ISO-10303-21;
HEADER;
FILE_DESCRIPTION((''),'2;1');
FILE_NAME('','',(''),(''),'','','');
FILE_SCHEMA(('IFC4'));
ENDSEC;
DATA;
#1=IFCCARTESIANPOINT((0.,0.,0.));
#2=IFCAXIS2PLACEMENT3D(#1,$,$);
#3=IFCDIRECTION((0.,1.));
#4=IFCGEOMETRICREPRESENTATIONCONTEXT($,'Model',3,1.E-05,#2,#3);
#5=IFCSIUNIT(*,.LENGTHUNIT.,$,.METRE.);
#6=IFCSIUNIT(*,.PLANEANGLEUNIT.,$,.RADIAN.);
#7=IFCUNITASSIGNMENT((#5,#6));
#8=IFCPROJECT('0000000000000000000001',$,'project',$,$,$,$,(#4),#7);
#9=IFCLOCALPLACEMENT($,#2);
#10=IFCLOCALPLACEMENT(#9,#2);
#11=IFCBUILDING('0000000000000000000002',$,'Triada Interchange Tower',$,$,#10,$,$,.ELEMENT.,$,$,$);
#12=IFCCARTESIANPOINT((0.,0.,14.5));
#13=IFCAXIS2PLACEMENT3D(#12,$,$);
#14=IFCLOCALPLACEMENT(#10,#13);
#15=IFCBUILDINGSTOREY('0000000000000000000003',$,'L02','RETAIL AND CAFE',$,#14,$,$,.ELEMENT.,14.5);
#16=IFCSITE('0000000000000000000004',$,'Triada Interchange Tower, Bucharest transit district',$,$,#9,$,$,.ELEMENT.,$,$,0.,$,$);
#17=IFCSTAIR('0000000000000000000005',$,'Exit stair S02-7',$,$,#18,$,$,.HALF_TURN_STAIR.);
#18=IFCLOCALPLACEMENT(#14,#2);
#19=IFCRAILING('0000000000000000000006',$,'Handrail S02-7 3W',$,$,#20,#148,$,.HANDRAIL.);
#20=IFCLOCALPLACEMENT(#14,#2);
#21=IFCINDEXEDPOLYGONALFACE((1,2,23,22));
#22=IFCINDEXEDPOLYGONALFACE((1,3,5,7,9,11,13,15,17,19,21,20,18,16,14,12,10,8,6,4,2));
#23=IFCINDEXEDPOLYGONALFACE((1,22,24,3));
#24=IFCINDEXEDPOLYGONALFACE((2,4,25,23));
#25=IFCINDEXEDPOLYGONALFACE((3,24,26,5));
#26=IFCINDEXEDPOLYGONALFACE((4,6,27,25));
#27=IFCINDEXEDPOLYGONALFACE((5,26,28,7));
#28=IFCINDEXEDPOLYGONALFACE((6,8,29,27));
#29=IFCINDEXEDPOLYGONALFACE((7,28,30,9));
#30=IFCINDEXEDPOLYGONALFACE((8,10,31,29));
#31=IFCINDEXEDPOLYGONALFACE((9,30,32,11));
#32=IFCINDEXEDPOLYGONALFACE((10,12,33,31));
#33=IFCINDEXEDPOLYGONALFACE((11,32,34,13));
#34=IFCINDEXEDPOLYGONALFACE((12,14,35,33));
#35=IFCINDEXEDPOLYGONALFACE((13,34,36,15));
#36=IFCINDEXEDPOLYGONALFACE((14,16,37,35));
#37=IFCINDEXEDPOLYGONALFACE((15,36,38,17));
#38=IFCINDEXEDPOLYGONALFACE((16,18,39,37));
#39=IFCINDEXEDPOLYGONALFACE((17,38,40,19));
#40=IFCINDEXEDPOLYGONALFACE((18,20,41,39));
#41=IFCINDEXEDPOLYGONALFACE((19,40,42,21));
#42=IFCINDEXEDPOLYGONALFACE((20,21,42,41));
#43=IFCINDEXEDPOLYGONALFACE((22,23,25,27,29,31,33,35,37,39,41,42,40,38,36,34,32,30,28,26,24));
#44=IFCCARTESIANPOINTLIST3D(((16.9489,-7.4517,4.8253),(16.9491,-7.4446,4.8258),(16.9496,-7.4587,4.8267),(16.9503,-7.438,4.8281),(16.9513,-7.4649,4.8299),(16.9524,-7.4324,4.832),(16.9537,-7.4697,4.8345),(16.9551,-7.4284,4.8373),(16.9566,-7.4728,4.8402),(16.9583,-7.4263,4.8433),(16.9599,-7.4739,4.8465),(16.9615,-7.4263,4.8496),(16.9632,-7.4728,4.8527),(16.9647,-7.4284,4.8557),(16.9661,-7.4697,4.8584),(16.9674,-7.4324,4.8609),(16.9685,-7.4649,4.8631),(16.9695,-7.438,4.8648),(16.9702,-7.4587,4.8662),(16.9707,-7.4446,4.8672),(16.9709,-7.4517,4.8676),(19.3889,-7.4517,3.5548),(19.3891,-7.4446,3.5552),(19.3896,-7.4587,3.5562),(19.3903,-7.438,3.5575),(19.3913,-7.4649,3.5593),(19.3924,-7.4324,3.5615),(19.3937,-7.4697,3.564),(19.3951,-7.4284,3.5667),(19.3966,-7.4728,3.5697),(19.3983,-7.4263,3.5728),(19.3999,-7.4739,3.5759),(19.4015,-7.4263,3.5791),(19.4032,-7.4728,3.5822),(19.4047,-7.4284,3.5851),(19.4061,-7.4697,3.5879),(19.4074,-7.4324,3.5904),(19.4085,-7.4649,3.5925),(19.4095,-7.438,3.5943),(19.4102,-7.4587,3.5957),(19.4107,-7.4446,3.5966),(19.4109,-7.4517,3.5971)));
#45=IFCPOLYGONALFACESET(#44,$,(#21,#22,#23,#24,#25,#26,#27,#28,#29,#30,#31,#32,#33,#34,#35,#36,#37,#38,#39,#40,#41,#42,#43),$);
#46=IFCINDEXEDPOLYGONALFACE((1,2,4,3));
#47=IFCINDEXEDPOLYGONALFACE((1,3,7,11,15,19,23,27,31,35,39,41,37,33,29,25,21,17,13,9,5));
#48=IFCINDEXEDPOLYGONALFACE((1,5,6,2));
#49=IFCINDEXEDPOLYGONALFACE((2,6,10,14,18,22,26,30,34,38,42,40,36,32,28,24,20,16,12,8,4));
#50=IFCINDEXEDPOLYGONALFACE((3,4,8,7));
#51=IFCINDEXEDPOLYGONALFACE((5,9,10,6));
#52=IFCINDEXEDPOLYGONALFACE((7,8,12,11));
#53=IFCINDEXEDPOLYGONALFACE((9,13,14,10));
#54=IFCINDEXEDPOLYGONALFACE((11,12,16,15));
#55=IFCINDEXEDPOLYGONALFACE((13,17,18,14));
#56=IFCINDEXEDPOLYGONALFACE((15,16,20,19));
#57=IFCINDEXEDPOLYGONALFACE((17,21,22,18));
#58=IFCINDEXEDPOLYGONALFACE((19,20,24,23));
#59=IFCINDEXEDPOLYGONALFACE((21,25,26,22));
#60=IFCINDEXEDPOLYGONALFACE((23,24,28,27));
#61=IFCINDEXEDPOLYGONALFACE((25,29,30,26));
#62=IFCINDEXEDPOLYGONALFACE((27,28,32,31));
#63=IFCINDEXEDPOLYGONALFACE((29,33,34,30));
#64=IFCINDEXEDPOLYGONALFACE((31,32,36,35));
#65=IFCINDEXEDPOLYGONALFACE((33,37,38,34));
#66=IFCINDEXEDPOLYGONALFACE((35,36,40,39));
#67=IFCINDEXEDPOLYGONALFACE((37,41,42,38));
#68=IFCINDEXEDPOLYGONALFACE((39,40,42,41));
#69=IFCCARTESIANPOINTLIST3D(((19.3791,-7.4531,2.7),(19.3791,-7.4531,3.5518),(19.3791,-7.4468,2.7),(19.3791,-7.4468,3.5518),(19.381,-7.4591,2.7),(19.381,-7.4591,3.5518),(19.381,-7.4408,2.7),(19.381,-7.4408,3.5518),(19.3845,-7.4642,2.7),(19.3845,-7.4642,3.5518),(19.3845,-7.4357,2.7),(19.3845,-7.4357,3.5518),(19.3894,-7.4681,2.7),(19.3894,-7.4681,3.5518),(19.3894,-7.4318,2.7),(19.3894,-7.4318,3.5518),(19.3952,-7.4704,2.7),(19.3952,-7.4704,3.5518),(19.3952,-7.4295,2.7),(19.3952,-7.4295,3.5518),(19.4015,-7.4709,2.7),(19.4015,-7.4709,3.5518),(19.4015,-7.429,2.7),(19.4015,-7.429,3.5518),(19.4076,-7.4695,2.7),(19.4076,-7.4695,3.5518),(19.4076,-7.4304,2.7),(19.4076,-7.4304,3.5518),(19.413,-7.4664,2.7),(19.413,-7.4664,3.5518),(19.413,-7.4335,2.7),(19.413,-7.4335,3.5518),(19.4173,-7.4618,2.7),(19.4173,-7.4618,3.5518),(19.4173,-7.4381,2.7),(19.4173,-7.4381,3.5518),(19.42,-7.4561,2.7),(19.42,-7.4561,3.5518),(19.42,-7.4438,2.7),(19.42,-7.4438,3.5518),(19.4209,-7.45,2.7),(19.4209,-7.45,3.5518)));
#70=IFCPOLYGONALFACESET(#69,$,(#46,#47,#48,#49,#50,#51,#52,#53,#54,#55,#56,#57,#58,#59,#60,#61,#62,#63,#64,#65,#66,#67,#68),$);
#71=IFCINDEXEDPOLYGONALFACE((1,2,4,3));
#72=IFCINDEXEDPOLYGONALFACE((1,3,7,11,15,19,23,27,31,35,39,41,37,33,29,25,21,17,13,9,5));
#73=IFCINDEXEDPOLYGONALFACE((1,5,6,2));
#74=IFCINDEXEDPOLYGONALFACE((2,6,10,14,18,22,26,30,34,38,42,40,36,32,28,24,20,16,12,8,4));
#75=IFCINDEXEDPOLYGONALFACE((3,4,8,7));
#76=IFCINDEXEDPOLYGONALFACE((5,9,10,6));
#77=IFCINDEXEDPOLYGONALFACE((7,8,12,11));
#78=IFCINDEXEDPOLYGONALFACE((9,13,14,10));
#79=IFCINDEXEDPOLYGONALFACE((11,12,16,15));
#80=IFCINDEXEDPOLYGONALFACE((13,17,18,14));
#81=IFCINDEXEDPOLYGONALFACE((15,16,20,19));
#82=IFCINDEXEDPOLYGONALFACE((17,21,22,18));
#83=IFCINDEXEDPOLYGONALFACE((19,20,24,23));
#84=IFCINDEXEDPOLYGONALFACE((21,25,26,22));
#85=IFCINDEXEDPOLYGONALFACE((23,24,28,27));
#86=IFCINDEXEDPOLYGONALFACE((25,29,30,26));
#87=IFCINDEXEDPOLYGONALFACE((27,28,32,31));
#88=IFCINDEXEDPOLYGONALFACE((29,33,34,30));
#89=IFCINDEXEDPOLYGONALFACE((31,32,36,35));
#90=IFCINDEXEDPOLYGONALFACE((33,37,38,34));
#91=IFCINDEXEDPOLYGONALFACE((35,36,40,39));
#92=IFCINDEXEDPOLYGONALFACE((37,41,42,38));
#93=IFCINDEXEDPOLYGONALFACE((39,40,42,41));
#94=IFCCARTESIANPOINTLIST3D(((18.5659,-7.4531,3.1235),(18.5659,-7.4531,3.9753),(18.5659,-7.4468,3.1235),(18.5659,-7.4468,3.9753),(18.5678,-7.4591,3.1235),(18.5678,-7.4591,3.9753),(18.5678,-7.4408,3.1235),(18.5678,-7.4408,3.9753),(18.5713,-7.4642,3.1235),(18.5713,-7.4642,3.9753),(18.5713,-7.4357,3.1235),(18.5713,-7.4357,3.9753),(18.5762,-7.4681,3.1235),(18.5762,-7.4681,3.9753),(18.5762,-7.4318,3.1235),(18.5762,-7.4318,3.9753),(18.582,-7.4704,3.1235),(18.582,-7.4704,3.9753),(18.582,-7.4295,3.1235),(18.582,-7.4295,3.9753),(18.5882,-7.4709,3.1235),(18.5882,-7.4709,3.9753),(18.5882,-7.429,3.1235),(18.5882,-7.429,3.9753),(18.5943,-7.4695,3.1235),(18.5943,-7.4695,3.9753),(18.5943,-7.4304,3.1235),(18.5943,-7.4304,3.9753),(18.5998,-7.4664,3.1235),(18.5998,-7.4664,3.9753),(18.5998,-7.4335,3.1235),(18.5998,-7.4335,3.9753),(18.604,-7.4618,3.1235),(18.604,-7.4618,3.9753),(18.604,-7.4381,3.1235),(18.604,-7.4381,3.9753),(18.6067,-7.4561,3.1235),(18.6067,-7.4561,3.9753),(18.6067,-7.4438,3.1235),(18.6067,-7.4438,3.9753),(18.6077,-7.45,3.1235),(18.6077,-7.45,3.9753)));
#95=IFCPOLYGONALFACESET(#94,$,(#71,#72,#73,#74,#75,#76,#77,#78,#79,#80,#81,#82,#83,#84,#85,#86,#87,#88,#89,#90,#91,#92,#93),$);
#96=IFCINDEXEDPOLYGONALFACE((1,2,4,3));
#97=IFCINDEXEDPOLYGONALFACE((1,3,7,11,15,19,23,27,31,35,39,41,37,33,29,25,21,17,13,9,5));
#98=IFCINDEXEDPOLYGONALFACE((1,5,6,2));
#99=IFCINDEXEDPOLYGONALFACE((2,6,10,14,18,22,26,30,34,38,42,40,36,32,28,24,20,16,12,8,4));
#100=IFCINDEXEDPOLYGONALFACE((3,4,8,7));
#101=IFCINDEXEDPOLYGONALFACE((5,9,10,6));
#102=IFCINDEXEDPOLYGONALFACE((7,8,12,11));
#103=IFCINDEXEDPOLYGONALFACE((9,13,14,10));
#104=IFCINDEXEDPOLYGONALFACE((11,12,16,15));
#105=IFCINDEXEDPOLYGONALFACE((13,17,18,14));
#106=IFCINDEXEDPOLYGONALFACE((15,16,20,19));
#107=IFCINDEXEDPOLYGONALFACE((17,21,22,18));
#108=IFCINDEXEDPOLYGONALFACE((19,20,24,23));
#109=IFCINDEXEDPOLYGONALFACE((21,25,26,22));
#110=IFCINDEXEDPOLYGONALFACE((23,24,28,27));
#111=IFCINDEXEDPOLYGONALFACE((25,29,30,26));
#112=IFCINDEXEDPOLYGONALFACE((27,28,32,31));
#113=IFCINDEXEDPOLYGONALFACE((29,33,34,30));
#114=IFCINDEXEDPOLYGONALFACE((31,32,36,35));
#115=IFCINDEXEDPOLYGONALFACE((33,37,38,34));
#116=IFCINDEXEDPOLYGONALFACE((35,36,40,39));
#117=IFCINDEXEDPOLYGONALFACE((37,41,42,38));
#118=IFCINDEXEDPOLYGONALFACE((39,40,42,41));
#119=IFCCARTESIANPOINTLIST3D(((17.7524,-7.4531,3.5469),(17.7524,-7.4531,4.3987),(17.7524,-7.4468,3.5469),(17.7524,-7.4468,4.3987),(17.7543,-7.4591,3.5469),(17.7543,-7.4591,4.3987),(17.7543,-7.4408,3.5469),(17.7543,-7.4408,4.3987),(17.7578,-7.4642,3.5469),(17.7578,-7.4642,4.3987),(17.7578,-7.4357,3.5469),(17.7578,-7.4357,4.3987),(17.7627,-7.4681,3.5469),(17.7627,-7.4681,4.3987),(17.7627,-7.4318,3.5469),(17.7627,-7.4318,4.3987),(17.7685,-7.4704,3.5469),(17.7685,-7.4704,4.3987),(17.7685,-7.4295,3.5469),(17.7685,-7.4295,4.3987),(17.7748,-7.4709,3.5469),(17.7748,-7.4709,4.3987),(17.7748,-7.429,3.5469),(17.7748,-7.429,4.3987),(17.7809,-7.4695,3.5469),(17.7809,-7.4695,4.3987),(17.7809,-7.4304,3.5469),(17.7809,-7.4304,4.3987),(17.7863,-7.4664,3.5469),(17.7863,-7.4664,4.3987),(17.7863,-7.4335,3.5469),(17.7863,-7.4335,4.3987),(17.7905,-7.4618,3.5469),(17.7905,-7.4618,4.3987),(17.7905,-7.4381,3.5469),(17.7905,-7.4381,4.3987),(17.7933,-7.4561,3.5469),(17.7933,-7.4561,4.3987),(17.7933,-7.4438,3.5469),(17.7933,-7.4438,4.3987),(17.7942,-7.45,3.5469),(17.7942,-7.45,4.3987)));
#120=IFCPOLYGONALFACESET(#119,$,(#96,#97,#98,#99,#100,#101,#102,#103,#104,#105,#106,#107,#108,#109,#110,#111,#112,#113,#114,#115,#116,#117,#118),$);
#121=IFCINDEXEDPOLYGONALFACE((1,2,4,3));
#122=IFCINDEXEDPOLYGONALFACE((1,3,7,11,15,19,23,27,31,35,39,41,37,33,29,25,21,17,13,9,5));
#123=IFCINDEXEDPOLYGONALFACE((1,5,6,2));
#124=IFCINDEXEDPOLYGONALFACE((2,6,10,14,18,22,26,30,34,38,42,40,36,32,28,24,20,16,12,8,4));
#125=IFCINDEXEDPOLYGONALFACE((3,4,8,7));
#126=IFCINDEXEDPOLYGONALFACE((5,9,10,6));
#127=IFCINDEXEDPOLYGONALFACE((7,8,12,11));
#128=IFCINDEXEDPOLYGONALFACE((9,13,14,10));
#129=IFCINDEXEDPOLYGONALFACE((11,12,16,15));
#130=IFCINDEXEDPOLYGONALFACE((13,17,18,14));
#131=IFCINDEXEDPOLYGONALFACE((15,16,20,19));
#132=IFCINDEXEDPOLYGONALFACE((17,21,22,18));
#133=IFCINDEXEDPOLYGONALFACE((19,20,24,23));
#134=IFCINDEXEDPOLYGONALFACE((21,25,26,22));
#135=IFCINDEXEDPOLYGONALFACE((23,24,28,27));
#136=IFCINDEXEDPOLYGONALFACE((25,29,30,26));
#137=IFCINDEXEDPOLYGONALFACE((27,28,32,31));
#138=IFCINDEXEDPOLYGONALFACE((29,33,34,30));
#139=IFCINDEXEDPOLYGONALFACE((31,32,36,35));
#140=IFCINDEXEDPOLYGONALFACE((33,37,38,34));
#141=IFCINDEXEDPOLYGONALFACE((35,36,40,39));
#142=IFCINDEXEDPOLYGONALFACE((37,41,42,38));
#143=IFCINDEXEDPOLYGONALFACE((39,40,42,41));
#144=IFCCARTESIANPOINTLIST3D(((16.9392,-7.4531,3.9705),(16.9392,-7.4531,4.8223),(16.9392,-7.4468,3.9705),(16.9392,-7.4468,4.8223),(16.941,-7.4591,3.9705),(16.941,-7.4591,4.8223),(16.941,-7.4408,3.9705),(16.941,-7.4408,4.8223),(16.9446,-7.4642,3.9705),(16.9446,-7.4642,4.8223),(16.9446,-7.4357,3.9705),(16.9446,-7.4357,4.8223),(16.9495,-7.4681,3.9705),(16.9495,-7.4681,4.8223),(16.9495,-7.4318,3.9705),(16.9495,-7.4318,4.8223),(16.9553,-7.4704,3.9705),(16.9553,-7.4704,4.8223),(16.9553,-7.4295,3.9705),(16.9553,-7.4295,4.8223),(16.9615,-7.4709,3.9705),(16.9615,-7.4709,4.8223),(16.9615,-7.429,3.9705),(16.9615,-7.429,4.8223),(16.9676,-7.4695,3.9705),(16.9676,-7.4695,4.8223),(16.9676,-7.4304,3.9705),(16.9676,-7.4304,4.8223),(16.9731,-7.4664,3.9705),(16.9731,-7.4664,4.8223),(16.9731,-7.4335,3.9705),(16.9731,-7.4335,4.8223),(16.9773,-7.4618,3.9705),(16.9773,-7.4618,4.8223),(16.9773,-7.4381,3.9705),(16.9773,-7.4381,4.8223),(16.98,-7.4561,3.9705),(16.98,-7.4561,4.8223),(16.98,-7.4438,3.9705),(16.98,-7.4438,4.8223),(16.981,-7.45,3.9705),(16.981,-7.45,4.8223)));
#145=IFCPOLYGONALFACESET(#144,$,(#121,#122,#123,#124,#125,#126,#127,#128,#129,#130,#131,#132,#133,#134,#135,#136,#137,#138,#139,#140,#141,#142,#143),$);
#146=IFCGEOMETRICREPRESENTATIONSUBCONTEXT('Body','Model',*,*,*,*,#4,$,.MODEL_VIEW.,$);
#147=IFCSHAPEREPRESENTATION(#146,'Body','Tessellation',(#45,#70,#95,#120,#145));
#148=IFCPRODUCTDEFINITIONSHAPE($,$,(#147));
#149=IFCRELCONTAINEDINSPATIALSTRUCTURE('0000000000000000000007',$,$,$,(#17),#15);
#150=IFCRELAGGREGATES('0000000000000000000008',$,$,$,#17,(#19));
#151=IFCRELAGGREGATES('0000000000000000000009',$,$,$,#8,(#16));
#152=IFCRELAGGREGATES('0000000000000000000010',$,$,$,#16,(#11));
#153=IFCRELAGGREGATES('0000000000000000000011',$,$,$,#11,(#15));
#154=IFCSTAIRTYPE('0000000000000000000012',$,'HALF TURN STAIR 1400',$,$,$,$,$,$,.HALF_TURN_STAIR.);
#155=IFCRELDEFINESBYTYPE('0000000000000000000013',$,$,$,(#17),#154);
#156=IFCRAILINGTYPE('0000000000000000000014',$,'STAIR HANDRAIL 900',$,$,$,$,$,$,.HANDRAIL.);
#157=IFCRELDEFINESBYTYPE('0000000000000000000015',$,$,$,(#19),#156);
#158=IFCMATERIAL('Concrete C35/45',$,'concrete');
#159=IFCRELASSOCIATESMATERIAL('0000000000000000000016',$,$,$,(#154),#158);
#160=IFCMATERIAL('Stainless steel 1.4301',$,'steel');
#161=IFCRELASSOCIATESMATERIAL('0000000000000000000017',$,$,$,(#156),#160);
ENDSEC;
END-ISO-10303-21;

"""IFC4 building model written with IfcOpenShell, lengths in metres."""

from ifc_helpers import new_model, si_unit, direction, frame, origin, origin_2d, place, context, subcontext, project, spatial, circle, extrude, material, type_object, element, aggregate, save


model = new_model("IFC4")

# Units and contexts
model_context = context("Model", 3, precision=1e-05, world=origin(), true_north=direction((0.0, 1.0)))
body_context = subcontext(model_context, "Body", "Model", "MODEL_VIEW")
ifc_project = project(units=[si_unit("LENGTHUNIT", "METRE"), si_unit("PLANEANGLEUNIT", "RADIAN")], contexts=[model_context])

# Site, building, storey
site_placement = place(None, origin())
site = spatial("IfcSite", under=ifc_project, at=site_placement, Name="Triada Interchange Tower, Bucharest transit district", CompositionType="ELEMENT", RefElevation=0.0)
building_placement = place(site_placement, origin())
building = spatial("IfcBuilding", under=site, at=building_placement, Name="Triada Interchange Tower", CompositionType="ELEMENT")
storey_placement = place(building_placement, frame((0.0, 0.0, 14.5)))
storey = spatial("IfcBuildingStorey", under=building, at=storey_placement, Name="L02", Description="RETAIL AND CAFE", CompositionType="ELEMENT", Elevation=14.5)

# Shared definitions
ifc_material_1 = material(Name="Concrete C35/45", Category="concrete")

# Stair, railing
stair_type = type_object("IfcStairType", Name="HALF TURN STAIR 1400", PredefinedType="HALF_TURN_STAIR", material=ifc_material_1)
stair_placement = place(storey_placement, origin())
stair = element("IfcStair", 1, at=stair_placement, inside=storey, type_object=stair_type, Name="Exit stair S02-7", PredefinedType="HALF_TURN_STAIR")
ifc_material_2 = material(Name="Stainless steel 1.4301", Category="steel")
railing_type_1 = type_object("IfcRailingType", Name="STAIR HANDRAIL 900", PredefinedType="HANDRAIL", material=ifc_material_2)
railing_1_placement = place(storey_placement, frame((19.3999, -7.45, 2.7)))
railing_1 = element("IfcRailing", 2, at=railing_1_placement, type_object=railing_type_1, Name="Handrail S02-7 3W", PredefinedType="HANDRAIL", context=body_context, shape_type="SweptSolid", body=[
    extrude(circle(Radius=0.0239, at=origin_2d()), frame((0.0, 0.0, 0.876), z_axis=(-0.886958, 0.0, 0.46185), x_axis=(0.0, -1.0, 0.0)), (0.0, 0.0, 1.0), 2.751),
    extrude(circle(Radius=0.021, at=origin_2d()), origin(), (0.0, 0.0, 1.0), 0.8518),
    extrude(circle(Radius=0.021, at=origin_2d()), frame((-0.8132, 0.0, 0.4236)), (0.0, 0.0, 1.0), 0.8518),
    extrude(circle(Radius=0.021, at=origin_2d()), frame((-1.6267, 0.0, 0.8469)), (0.0, 0.0, 1.0), 0.8518),
    extrude(circle(Radius=0.021, at=origin_2d()), frame((-2.4399, 0.0, 1.2705)), (0.0, 0.0, 1.0), 0.8518),
])
aggregate(stair, [railing_1])

save(model, "model.ifc")
